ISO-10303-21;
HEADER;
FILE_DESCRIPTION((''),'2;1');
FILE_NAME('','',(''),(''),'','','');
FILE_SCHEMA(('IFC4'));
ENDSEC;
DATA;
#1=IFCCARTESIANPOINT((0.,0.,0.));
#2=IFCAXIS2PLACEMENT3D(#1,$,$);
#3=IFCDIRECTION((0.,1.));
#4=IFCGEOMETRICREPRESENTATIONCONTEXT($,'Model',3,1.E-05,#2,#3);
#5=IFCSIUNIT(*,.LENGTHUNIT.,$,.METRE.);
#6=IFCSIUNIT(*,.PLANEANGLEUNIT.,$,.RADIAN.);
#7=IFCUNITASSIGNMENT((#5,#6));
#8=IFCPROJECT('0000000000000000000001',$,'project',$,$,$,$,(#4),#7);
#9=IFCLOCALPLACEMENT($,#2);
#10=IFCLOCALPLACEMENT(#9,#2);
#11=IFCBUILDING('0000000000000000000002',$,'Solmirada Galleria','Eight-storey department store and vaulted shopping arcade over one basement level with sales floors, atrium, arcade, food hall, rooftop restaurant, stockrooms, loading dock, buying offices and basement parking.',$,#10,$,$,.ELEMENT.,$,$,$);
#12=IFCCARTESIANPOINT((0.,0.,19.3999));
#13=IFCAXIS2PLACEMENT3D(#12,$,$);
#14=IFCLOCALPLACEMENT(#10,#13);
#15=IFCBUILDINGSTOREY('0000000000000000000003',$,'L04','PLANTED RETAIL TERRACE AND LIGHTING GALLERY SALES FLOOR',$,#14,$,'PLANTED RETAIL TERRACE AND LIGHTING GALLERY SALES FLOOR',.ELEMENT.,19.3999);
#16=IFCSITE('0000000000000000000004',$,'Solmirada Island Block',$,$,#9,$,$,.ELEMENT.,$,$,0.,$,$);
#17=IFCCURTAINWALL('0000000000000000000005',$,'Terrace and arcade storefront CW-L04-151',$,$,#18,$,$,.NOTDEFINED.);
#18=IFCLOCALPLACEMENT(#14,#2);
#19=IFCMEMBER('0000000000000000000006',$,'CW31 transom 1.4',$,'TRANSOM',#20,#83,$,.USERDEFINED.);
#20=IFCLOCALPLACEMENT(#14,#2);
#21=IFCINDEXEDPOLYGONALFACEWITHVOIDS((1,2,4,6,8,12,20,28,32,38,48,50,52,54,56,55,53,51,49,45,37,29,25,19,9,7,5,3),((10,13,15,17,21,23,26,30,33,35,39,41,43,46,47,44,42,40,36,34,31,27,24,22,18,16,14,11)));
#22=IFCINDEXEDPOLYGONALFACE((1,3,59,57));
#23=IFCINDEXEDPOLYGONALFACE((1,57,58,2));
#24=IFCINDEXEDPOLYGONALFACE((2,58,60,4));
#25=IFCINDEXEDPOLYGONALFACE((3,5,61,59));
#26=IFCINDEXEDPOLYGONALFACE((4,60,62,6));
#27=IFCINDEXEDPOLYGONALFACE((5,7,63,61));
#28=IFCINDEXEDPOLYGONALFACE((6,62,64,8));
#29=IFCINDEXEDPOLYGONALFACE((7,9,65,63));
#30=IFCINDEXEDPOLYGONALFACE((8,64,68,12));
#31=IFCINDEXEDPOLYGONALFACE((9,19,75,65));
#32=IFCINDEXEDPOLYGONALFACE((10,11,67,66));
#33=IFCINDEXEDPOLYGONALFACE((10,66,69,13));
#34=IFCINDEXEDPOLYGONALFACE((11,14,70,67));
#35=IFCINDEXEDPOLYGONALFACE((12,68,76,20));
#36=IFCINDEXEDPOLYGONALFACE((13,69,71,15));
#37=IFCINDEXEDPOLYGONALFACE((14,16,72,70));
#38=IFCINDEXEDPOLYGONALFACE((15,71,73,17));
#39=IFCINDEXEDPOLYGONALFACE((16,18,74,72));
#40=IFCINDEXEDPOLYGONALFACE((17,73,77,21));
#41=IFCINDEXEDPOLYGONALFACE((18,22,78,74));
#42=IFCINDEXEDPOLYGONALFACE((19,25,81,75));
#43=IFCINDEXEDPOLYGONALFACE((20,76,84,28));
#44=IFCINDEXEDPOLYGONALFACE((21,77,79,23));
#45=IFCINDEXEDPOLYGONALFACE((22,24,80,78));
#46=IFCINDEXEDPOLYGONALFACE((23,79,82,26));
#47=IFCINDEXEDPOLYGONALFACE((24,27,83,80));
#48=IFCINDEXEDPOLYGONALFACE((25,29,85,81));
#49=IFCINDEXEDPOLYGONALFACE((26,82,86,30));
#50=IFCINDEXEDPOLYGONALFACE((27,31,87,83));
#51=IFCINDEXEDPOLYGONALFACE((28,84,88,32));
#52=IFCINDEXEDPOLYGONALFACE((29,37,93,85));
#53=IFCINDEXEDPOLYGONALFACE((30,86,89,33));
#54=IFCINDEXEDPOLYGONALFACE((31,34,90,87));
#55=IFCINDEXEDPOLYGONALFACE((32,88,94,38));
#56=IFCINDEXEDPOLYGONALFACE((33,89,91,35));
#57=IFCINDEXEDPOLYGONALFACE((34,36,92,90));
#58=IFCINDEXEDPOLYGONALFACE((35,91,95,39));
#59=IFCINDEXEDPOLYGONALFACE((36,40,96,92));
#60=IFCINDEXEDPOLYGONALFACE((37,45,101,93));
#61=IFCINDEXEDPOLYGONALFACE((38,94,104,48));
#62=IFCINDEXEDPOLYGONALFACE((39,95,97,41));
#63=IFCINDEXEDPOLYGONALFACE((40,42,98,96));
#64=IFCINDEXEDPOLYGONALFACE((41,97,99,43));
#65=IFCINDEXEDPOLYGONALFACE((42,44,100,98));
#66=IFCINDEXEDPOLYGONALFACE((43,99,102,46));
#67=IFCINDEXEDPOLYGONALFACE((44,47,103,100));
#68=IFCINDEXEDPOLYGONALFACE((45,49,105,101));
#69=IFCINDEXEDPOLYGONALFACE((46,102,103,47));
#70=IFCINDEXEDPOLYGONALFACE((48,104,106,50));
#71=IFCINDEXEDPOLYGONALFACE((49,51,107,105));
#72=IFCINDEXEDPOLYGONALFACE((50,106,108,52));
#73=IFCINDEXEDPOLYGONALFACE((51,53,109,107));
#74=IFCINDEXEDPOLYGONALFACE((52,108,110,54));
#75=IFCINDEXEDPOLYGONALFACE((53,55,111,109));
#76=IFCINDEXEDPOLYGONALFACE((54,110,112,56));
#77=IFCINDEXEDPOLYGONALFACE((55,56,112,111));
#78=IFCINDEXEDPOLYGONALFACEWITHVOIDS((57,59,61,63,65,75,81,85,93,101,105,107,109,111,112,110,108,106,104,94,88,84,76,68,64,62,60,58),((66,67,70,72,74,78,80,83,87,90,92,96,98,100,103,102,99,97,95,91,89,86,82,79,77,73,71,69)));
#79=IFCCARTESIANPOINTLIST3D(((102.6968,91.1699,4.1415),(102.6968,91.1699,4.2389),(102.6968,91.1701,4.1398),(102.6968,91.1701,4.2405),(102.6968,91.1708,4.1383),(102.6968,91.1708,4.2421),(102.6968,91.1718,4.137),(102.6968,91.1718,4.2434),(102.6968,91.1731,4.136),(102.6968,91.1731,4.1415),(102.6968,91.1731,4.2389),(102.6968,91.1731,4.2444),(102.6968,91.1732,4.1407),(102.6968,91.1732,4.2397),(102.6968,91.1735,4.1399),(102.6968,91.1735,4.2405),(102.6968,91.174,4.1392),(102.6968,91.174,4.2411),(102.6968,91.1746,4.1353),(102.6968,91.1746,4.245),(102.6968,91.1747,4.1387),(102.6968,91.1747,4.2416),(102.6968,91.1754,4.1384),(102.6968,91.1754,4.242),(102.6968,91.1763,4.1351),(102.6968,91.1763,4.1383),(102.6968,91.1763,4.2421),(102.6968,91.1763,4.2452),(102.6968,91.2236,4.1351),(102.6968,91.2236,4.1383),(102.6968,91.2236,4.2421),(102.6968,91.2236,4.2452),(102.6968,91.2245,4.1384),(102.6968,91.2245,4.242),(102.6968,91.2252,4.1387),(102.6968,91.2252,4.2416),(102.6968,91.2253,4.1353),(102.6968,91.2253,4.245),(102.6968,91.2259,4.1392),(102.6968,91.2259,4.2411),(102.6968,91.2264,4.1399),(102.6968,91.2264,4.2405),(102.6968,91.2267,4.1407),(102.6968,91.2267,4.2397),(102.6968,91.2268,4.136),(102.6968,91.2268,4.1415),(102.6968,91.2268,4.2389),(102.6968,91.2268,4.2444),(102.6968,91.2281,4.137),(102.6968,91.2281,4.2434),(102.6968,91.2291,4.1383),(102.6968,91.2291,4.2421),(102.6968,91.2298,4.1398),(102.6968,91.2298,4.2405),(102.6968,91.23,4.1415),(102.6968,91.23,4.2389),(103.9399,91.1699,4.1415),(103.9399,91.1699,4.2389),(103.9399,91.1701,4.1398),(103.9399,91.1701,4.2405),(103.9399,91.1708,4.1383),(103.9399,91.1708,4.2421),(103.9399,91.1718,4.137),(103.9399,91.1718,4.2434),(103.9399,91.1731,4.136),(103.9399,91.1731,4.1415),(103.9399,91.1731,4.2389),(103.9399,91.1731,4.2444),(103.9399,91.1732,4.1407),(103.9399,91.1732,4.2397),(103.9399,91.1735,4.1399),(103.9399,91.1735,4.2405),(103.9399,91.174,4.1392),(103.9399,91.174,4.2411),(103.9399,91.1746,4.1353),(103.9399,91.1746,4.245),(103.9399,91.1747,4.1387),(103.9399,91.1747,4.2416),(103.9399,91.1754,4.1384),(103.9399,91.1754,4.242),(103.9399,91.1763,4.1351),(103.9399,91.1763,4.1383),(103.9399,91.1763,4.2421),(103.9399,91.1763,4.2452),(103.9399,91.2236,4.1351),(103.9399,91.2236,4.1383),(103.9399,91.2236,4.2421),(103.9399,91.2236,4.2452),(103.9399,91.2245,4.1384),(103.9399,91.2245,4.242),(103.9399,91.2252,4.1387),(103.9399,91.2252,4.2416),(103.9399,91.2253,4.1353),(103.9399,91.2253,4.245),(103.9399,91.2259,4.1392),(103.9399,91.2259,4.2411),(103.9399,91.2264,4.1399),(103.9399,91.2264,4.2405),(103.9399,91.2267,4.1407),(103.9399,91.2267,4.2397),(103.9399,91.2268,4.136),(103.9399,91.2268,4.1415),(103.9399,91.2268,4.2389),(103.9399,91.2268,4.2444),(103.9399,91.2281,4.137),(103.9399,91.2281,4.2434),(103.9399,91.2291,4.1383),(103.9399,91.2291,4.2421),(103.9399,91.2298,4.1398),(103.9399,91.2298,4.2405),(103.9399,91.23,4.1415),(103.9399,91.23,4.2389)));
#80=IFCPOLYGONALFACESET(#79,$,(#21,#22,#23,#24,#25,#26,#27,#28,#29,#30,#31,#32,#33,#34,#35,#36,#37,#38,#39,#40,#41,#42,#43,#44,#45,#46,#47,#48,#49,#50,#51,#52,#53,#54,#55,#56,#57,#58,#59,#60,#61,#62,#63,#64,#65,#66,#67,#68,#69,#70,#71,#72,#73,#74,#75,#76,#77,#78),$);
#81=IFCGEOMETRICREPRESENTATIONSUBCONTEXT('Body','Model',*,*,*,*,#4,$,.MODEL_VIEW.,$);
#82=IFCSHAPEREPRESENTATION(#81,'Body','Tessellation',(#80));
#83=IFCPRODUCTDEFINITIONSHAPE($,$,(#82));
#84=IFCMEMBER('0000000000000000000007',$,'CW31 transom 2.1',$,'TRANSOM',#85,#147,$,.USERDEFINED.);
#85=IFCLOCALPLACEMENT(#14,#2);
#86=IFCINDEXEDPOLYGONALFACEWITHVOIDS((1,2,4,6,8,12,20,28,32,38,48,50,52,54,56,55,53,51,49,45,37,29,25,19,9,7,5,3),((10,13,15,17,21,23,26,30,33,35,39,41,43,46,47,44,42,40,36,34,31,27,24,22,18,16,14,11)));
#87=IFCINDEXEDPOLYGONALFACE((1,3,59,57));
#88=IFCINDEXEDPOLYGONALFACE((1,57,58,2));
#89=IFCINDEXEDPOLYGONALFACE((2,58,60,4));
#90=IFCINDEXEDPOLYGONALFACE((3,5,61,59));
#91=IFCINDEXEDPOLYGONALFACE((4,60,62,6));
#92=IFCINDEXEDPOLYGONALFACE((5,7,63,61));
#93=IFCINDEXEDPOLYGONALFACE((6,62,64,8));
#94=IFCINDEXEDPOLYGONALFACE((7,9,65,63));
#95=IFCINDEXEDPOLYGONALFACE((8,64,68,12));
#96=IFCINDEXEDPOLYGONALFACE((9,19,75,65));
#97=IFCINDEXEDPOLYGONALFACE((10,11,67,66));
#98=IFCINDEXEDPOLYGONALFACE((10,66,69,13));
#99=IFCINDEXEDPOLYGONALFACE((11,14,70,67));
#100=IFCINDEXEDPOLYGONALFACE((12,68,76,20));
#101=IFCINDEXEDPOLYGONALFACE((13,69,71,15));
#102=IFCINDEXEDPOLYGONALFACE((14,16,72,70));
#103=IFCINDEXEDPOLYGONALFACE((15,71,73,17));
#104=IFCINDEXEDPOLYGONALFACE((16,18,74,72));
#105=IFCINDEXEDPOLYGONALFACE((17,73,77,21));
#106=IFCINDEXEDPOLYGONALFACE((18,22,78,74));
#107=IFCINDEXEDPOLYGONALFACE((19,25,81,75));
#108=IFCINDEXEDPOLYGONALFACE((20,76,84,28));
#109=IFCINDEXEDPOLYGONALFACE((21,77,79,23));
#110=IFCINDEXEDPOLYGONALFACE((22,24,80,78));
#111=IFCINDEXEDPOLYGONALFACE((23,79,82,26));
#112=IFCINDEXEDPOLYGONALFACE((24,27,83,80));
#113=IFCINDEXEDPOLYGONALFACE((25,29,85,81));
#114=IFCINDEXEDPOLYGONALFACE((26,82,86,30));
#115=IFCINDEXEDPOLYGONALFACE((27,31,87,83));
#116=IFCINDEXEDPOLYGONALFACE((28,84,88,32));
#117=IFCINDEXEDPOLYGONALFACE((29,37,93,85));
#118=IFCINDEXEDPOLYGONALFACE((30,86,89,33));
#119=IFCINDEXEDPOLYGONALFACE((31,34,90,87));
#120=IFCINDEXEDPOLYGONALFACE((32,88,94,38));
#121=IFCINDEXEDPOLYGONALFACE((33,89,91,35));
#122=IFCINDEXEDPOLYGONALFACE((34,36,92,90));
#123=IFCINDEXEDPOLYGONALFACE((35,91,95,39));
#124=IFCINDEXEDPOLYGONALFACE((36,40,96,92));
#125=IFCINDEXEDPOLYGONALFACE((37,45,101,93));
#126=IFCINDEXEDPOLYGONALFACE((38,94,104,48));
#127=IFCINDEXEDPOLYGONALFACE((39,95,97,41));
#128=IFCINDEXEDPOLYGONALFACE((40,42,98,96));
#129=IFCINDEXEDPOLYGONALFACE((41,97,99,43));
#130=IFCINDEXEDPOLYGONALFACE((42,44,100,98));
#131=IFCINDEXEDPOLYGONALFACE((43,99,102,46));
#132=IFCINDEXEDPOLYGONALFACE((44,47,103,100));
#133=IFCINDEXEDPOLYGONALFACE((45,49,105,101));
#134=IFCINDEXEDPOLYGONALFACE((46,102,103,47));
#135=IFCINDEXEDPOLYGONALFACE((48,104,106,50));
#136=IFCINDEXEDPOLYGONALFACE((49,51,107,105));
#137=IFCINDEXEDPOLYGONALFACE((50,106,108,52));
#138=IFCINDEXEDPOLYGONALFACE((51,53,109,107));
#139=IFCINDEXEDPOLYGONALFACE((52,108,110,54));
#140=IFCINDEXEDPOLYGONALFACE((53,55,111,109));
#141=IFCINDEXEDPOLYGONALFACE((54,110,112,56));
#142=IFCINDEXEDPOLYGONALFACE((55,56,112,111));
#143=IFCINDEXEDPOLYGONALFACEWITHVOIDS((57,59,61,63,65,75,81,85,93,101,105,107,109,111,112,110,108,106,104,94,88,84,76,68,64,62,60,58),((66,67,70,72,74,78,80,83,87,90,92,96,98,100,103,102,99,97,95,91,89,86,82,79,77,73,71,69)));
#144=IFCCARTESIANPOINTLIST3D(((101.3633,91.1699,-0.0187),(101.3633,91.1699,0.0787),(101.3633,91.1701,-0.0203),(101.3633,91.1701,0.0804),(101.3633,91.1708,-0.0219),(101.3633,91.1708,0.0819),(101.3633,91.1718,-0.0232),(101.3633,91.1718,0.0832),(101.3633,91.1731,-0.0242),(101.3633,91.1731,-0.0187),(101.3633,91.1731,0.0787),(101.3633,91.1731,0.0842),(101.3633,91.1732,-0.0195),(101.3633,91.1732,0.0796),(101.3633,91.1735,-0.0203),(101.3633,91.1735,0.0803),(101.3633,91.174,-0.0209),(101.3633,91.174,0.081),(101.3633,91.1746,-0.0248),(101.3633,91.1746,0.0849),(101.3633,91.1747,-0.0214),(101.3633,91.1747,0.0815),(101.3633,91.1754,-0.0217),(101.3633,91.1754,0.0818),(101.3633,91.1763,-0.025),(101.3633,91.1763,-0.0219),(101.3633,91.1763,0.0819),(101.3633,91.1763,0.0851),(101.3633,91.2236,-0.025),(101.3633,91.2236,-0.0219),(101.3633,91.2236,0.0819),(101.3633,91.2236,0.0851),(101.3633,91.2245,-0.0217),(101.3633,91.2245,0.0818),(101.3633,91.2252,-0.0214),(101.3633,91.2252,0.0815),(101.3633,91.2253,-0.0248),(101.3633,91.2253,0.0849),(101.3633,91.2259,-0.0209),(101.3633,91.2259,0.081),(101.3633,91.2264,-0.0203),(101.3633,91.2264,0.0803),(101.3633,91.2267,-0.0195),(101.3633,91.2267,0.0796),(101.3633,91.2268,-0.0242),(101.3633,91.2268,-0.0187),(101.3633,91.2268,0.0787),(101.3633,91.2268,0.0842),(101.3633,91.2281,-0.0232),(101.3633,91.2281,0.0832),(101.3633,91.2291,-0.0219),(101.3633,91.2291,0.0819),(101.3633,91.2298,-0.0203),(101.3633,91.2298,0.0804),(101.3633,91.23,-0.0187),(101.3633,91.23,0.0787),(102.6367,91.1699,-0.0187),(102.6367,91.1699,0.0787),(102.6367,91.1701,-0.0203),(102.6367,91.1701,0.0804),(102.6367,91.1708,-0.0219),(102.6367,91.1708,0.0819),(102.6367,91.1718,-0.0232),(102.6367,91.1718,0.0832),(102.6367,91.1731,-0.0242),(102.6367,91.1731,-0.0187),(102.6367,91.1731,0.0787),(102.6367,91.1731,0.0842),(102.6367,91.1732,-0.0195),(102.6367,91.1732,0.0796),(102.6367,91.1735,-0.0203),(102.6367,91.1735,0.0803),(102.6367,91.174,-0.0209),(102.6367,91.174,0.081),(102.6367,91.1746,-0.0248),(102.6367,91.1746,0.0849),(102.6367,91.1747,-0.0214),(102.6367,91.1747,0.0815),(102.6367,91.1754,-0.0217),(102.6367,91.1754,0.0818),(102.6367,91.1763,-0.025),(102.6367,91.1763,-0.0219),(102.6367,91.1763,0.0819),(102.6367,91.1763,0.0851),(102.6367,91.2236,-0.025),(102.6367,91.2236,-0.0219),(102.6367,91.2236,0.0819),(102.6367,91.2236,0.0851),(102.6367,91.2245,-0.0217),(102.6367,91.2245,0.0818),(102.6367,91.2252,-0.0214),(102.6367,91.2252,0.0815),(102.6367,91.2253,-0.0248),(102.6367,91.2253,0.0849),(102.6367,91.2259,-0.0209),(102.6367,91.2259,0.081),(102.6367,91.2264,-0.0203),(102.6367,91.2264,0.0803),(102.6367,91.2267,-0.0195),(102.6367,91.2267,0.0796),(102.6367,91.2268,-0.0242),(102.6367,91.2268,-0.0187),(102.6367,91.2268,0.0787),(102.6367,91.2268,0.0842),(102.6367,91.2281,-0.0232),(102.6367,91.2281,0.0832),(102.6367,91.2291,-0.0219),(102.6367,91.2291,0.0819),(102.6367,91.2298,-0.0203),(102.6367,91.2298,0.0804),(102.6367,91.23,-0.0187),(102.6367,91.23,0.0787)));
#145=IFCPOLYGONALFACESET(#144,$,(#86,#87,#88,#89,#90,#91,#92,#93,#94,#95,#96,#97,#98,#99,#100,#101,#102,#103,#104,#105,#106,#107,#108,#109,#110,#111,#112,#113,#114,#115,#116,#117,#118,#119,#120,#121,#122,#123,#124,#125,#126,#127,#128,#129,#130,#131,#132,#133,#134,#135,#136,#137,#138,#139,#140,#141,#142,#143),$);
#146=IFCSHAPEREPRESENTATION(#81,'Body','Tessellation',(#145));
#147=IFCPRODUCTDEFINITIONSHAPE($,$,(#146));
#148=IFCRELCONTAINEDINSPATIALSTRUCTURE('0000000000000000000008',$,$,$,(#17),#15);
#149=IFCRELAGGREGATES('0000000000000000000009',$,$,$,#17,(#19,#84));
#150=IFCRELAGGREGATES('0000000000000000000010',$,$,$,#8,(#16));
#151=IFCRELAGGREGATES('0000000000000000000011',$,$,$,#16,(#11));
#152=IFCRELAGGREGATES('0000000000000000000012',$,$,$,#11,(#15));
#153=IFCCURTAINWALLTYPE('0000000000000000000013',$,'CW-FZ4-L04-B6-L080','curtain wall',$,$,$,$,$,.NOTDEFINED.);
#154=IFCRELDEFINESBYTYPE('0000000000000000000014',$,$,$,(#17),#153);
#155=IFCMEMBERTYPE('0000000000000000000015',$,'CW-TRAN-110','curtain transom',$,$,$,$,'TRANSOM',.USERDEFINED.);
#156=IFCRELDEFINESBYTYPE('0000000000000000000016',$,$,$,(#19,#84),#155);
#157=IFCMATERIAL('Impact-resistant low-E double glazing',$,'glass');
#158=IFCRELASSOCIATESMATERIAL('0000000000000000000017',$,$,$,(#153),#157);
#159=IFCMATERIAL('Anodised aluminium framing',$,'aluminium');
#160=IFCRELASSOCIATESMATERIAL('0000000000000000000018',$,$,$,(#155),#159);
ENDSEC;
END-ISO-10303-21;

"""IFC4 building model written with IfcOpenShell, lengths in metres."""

from ifc_helpers import new_model, si_unit, direction, frame, origin, origin_2d, place, context, subcontext, project, spatial, hollow_rectangle, extrude, material, material_profile, profile_set, type_object, element, aggregate, save


model = new_model("IFC4")

# Units and contexts
model_context = context("Model", 3, precision=1e-05, world=origin(), true_north=direction((0.0, 1.0)))
body_context = subcontext(model_context, "Body", "Model", "MODEL_VIEW")
ifc_project = project(units=[si_unit("LENGTHUNIT", "METRE"), si_unit("PLANEANGLEUNIT", "RADIAN")], contexts=[model_context])

# Site, building, storey
site_placement = place(None, origin())
site = spatial("IfcSite", under=ifc_project, at=site_placement, Name="Solmirada Island Block", CompositionType="ELEMENT", RefElevation=0.0)
building_placement = place(site_placement, origin())
building = spatial("IfcBuilding", under=site, at=building_placement, Name="Solmirada Galleria", Description="Eight-storey department store and vaulted shopping arcade over one basement level with sales floors, atrium, arcade, food hall, rooftop restaurant, stockrooms, loading dock, buying offices and basement parking.", CompositionType="ELEMENT")
storey_placement = place(building_placement, frame((0.0, 0.0, 19.3999)))
storey = spatial("IfcBuildingStorey", under=building, at=storey_placement, Name="L04", Description="PLANTED RETAIL TERRACE AND LIGHTING GALLERY SALES FLOOR", LongName="PLANTED RETAIL TERRACE AND LIGHTING GALLERY SALES FLOOR", CompositionType="ELEMENT", Elevation=19.3999)

# Curtain wall, members
ifc_material_1 = material(Name="Impact-resistant low-E double glazing", Category="glass")
curtain_wall_type = type_object("IfcCurtainWallType", Name="CW-FZ4-L04-B6-L080", Description="curtain wall", PredefinedType="NOTDEFINED", material=ifc_material_1)
curtain_wall_placement = place(storey_placement, origin())
curtain_wall = element("IfcCurtainWall", 1, at=curtain_wall_placement, inside=storey, type_object=curtain_wall_type, Name="Terrace and arcade storefront CW-L04-151", PredefinedType="NOTDEFINED")
ifc_material_2 = material(Name="Anodised aluminium framing", Category="aluminium")
ifc_material_profile_1 = material_profile(ifc_material_2, hollow_rectangle(XDim=0.0601, YDim=0.1101, WallThickness=0.0032, InnerFilletRadius=0.0032, OuterFilletRadius=0.0063, at=origin_2d()), Name="ALU-TRAN-110X60")
ifc_profile_set_1 = profile_set([ifc_material_profile_1], Name="Anodised aluminium framing")
member_type_1 = type_object("IfcMemberType", Name="CW-TRAN-110", Description="curtain transom", ElementType="TRANSOM", PredefinedType="USERDEFINED", material=ifc_profile_set_1)
member_1_placement = place(storey_placement, frame((103.9399, 91.2, 4.1902), z_axis=(-1.0, 0.0, 0.0), x_axis=(0.0, -1.0, 0.0)))
member_1 = element("IfcMember", 2, at=member_1_placement, type_object=member_type_1, Name="CW31 transom 1.4", ObjectType="TRANSOM", PredefinedType="USERDEFINED", context=body_context, shape_type="SweptSolid", body=[
    extrude(hollow_rectangle(XDim=0.0601, YDim=0.1101, WallThickness=0.0032, InnerFilletRadius=0.0032, OuterFilletRadius=0.0063, at=origin_2d()), origin(), (0.0, 0.0, 1.0), 1.2432),
])
member_2_placement = place(storey_placement, frame((102.6367, 91.2, 0.03), z_axis=(-1.0, 0.0, 0.0), x_axis=(0.0, -1.0, 0.0)))
member_2 = element("IfcMember", 3, at=member_2_placement, type_object=member_type_1, Name="CW31 transom 2.1", ObjectType="TRANSOM", PredefinedType="USERDEFINED", context=body_context, shape_type="SweptSolid", body=[
    extrude(hollow_rectangle(XDim=0.0601, YDim=0.1101, WallThickness=0.0032, InnerFilletRadius=0.0032, OuterFilletRadius=0.0063, at=origin_2d()), origin(), (0.0, 0.0, 1.0), 1.2734),
])
aggregate(curtain_wall, [member_1, member_2])

save(model, "model.ifc")
